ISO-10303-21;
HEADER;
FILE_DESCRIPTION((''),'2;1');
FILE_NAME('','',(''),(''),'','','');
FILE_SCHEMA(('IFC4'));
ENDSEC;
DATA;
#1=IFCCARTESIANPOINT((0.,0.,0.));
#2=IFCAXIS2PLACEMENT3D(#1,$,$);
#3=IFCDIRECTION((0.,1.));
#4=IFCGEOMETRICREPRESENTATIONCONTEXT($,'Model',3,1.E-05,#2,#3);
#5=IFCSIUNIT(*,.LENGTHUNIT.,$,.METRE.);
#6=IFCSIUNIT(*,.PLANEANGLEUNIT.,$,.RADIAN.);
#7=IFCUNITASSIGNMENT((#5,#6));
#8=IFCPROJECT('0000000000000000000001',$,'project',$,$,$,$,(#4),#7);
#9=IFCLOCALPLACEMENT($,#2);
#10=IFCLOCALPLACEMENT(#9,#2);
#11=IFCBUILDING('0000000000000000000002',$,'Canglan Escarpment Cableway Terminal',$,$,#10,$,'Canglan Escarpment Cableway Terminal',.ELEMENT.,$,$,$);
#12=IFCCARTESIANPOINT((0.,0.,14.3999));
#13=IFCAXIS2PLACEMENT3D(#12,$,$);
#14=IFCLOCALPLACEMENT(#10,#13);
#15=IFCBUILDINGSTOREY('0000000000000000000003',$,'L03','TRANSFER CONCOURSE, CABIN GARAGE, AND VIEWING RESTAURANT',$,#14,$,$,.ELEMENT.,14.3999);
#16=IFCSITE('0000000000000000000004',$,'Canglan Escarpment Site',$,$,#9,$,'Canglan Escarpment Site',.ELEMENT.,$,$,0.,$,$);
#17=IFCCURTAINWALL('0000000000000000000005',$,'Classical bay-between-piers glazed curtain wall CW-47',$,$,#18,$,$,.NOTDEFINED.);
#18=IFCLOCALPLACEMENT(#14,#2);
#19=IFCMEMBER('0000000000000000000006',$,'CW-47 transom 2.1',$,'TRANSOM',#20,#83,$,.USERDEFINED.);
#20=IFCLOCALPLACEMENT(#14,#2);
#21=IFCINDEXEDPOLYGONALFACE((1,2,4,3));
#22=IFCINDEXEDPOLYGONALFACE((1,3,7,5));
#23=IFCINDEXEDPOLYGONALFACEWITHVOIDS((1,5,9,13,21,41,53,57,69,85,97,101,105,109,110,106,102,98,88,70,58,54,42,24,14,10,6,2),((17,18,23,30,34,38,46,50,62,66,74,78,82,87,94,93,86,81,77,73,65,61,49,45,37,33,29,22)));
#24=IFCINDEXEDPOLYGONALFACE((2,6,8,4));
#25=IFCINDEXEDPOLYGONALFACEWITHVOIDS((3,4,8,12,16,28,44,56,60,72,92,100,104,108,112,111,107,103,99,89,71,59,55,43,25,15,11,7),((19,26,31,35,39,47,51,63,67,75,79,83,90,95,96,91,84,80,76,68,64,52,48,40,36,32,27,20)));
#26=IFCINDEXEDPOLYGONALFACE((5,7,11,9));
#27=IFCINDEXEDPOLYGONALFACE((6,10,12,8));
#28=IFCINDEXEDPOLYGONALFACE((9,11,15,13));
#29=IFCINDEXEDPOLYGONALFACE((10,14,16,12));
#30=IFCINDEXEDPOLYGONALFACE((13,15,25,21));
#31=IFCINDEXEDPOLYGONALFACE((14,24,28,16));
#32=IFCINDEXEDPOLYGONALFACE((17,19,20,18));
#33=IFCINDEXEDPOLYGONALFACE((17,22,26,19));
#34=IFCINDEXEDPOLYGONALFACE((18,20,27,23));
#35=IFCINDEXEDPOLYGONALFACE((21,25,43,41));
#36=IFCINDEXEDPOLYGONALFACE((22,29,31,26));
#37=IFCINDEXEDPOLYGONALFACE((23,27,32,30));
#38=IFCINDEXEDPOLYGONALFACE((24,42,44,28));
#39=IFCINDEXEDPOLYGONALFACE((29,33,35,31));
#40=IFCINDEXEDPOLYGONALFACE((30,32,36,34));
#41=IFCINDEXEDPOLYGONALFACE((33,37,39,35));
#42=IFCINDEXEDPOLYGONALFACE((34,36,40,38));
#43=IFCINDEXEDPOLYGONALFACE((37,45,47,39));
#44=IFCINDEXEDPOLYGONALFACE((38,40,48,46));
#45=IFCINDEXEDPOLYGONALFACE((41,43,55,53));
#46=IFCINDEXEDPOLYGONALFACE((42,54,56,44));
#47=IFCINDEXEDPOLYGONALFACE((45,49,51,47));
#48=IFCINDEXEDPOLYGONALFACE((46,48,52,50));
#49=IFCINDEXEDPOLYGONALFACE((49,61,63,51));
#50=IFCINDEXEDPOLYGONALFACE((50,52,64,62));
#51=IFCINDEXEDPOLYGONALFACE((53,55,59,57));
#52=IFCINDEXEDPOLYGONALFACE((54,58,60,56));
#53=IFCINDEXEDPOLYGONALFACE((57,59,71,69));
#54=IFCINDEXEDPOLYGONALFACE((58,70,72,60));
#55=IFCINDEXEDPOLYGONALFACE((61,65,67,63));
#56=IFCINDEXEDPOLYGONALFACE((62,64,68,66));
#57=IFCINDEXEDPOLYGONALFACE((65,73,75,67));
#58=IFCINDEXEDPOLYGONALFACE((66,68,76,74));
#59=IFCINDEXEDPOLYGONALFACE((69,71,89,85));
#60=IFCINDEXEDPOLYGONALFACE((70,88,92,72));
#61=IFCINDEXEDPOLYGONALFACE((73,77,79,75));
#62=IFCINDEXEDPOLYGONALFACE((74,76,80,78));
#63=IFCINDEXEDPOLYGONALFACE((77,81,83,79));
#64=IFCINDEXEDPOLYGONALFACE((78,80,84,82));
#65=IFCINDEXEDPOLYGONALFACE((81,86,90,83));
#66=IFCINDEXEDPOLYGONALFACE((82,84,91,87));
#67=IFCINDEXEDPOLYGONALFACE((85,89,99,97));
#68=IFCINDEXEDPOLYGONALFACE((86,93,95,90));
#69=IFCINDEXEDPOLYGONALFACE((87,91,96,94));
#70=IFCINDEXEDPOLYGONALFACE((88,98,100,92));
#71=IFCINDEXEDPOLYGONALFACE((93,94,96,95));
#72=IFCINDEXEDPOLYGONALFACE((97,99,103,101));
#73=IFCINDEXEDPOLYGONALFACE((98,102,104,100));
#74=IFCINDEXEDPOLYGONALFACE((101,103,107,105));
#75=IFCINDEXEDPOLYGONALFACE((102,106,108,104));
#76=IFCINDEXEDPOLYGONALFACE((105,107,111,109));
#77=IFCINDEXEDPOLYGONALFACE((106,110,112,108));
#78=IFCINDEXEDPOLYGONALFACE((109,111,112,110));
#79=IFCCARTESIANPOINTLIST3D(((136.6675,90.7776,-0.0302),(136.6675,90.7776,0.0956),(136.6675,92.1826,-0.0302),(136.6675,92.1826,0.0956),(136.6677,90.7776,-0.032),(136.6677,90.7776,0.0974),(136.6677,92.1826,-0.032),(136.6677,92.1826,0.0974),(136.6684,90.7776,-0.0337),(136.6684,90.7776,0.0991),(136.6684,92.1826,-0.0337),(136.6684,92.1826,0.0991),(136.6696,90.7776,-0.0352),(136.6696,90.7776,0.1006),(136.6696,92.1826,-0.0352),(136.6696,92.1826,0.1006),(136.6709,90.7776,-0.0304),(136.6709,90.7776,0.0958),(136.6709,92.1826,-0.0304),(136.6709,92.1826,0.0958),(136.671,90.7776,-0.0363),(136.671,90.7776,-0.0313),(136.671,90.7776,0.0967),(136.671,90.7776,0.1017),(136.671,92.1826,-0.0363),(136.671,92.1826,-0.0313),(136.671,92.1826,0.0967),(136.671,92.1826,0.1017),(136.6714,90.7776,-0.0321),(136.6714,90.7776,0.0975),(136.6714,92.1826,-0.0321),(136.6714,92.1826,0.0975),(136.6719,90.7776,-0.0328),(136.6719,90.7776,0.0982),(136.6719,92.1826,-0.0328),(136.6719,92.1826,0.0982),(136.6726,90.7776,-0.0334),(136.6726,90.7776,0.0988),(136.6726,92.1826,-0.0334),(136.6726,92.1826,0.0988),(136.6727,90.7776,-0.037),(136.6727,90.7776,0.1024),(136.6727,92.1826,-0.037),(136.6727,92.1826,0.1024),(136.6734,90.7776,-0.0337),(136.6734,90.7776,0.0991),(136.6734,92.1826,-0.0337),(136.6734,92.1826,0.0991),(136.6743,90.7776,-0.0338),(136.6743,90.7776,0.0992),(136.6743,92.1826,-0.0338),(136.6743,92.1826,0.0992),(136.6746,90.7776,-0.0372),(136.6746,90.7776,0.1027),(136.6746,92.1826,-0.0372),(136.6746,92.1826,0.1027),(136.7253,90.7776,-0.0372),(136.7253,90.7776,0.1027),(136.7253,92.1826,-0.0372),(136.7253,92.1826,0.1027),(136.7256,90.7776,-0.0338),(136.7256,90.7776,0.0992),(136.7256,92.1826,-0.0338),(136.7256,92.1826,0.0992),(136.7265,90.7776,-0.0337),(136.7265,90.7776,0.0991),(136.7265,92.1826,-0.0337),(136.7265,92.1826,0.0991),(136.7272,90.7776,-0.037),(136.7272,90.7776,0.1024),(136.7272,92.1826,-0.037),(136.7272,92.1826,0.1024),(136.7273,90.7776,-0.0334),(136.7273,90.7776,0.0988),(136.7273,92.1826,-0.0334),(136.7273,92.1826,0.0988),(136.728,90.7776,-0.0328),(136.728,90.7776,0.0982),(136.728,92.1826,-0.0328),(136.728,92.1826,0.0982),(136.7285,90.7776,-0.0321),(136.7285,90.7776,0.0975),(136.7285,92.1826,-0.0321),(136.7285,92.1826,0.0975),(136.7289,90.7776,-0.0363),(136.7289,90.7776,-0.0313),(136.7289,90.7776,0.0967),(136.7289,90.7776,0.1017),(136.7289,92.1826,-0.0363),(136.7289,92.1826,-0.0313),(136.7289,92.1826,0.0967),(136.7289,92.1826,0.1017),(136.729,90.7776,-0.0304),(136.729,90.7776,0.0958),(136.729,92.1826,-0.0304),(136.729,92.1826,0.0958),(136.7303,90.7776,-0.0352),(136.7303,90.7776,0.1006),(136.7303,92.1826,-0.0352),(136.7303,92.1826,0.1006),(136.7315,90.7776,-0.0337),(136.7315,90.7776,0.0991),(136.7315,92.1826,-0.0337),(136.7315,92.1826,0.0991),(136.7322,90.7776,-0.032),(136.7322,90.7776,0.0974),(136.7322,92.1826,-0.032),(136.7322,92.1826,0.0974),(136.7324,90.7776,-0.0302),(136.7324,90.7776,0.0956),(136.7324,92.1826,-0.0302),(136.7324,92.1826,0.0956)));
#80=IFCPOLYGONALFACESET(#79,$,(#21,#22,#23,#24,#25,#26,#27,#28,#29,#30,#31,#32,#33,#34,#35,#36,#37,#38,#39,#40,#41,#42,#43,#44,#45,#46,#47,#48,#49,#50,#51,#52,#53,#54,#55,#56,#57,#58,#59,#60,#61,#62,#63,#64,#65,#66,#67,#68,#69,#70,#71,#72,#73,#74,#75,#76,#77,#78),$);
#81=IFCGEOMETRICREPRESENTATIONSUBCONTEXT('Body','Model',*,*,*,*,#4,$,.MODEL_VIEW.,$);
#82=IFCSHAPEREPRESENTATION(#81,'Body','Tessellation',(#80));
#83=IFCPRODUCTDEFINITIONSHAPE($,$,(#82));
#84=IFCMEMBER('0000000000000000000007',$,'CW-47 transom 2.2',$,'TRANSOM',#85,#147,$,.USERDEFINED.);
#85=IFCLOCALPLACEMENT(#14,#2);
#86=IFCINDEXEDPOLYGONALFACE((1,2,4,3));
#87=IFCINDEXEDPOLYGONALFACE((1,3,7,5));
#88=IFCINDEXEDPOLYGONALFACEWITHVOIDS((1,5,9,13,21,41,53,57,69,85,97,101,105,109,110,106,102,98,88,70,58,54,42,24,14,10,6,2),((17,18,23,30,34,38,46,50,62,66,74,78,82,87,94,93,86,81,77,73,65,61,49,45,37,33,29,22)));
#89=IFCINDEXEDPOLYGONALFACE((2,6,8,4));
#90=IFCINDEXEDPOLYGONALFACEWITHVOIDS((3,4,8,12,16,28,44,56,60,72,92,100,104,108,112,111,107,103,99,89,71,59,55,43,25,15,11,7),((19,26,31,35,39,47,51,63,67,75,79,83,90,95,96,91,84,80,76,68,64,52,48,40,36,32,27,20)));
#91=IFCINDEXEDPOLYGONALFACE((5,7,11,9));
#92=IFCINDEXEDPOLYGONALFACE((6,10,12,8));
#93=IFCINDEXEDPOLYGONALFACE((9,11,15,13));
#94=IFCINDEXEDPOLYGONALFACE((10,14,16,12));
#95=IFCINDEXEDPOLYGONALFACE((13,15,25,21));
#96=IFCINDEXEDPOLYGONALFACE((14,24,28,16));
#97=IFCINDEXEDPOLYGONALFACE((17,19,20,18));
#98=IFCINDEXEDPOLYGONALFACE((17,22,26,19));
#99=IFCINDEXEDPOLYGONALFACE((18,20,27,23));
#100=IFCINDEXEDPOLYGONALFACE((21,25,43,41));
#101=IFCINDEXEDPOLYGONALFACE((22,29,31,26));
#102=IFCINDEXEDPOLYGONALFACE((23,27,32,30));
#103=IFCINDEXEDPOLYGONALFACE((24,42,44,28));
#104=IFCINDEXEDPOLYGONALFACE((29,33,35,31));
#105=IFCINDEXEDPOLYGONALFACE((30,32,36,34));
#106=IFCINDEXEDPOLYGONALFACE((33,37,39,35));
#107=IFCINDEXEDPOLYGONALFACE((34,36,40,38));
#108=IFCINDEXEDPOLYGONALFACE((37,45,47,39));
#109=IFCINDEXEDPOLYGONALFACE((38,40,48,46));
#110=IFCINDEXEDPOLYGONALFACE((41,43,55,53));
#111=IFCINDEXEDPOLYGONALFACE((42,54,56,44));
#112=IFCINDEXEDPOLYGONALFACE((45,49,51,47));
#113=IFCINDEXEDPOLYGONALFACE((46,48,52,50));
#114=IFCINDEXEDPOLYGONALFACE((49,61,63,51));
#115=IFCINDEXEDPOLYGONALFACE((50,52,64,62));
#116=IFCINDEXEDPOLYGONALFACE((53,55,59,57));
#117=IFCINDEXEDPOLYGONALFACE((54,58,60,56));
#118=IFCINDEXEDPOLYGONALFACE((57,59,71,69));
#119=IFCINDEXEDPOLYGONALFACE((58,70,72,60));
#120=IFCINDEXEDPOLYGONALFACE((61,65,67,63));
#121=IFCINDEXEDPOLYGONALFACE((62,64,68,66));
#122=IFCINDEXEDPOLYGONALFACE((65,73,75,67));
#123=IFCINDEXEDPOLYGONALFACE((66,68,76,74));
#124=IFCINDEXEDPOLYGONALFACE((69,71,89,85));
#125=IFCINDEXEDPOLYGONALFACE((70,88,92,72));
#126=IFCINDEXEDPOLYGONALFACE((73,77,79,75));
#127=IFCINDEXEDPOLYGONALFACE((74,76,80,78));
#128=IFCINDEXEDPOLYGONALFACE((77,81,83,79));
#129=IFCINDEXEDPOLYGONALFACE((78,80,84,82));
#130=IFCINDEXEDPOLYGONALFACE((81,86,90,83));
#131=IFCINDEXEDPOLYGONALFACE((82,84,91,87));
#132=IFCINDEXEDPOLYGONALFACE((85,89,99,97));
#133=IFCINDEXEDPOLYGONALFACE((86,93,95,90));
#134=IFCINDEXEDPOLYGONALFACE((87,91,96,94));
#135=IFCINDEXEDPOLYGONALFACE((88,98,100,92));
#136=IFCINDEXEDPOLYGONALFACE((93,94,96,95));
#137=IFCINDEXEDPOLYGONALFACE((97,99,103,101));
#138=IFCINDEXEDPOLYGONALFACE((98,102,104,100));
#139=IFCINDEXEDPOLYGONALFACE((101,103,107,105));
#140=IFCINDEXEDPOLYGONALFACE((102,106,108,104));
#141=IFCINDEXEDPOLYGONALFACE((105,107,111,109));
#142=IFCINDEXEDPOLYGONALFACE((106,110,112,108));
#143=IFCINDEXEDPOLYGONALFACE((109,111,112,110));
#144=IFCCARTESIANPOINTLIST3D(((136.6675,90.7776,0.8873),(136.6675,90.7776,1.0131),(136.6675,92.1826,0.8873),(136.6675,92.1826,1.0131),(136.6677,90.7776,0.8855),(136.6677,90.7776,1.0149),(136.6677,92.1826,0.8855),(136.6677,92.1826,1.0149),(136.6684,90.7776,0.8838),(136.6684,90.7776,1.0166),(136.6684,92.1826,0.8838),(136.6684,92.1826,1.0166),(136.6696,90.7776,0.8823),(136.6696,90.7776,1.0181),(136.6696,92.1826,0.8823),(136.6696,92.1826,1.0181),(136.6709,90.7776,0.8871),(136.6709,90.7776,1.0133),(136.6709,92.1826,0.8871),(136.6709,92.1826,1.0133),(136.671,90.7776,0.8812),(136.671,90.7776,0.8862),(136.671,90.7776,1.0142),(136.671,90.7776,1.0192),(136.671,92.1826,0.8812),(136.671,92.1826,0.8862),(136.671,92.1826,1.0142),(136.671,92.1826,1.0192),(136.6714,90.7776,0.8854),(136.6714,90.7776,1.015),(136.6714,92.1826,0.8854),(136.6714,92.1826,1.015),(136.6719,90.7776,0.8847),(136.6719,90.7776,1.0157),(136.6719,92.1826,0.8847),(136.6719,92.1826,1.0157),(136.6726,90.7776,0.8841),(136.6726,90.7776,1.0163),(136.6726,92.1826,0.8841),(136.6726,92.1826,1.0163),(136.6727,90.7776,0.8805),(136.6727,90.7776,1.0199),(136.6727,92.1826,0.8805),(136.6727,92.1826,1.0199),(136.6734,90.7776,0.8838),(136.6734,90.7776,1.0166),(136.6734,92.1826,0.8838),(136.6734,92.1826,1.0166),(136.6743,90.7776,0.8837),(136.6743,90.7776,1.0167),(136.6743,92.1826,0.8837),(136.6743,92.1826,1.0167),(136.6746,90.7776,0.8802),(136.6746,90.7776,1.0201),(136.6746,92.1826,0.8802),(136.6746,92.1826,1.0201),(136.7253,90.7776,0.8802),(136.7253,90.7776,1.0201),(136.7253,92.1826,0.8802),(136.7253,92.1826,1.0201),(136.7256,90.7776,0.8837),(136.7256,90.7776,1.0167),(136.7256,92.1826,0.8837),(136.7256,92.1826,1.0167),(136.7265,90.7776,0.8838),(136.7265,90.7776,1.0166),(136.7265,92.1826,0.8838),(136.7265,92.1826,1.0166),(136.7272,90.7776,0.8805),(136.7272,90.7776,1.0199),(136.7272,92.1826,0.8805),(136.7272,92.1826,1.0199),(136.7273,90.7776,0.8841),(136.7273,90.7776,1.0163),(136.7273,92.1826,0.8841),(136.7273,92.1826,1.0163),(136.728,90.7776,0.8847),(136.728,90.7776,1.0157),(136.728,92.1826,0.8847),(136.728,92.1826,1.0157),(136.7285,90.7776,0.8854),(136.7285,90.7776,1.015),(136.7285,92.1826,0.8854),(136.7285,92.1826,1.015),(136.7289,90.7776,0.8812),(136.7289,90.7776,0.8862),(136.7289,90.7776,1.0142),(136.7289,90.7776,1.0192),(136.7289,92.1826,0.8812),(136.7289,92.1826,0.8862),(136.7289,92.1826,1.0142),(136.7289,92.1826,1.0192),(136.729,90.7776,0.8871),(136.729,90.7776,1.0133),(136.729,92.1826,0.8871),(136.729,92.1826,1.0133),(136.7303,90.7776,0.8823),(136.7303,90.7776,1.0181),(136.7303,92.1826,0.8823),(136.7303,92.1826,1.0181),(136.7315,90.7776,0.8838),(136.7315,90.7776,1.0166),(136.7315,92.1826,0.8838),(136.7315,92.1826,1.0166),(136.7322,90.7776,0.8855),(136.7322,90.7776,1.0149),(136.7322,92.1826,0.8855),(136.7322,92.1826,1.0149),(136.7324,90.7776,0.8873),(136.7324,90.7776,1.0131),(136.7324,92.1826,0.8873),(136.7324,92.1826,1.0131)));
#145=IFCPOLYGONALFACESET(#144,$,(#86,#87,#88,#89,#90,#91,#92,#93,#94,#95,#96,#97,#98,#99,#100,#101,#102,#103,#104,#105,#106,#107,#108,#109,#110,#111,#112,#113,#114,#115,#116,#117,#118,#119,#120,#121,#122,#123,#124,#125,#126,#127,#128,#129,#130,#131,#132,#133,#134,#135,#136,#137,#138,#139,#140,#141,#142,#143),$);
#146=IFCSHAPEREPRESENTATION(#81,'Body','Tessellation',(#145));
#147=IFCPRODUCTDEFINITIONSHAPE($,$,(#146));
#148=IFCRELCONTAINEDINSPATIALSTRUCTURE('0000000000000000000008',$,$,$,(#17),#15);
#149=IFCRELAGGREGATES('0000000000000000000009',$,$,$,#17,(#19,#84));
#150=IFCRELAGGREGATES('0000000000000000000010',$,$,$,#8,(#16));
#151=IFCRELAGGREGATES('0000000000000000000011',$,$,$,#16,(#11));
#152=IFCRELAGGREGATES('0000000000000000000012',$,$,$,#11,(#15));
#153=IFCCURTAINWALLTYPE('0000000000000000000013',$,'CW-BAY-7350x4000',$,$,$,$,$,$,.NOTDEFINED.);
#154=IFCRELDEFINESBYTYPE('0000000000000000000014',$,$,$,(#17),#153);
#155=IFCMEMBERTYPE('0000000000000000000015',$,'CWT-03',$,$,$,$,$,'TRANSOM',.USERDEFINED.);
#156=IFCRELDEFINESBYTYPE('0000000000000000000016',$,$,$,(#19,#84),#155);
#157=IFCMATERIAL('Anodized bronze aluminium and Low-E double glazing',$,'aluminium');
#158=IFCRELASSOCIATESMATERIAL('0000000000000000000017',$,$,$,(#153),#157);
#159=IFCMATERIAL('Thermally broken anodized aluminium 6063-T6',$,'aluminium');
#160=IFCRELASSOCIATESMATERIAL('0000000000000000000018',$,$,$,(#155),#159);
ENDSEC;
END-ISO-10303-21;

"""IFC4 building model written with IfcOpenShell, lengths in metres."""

from ifc_helpers import new_model, si_unit, direction, frame, origin, origin_2d, place, context, subcontext, project, spatial, hollow_rectangle, extrude, material, material_profile, profile_set, type_object, element, aggregate, save


model = new_model("IFC4")

# Units and contexts
model_context = context("Model", 3, precision=1e-05, world=origin(), true_north=direction((0.0, 1.0)))
body_context = subcontext(model_context, "Body", "Model", "MODEL_VIEW")
ifc_project = project(units=[si_unit("LENGTHUNIT", "METRE"), si_unit("PLANEANGLEUNIT", "RADIAN")], contexts=[model_context])

# Site, building, storey
site_placement = place(None, origin())
site = spatial("IfcSite", under=ifc_project, at=site_placement, Name="Canglan Escarpment Site", LongName="Canglan Escarpment Site", CompositionType="ELEMENT", RefElevation=0.0)
building_placement = place(site_placement, origin())
building = spatial("IfcBuilding", under=site, at=building_placement, Name="Canglan Escarpment Cableway Terminal", LongName="Canglan Escarpment Cableway Terminal", CompositionType="ELEMENT")
storey_placement = place(building_placement, frame((0.0, 0.0, 14.3999)))
storey = spatial("IfcBuildingStorey", under=building, at=storey_placement, Name="L03", Description="TRANSFER CONCOURSE, CABIN GARAGE, AND VIEWING RESTAURANT", CompositionType="ELEMENT", Elevation=14.3999)

# Curtain wall, members
ifc_material_1 = material(Name="Anodized bronze aluminium and Low-E double glazing", Category="aluminium")
curtain_wall_type = type_object("IfcCurtainWallType", Name="CW-BAY-7350x4000", PredefinedType="NOTDEFINED", material=ifc_material_1)
curtain_wall_placement = place(storey_placement, origin())
curtain_wall = element("IfcCurtainWall", 1, at=curtain_wall_placement, inside=storey, type_object=curtain_wall_type, Name="Classical bay-between-piers glazed curtain wall CW-47", PredefinedType="NOTDEFINED")
ifc_material_2 = material(Name="Thermally broken anodized aluminium 6063-T6", Category="aluminium")
ifc_material_profile_1 = material_profile(ifc_material_2, hollow_rectangle(XDim=0.0649, YDim=0.1399, WallThickness=0.0034, InnerFilletRadius=0.0034, OuterFilletRadius=0.0071, at=origin_2d()), Name="ALU-TRAN 65x140x3.5")
ifc_profile_set_1 = profile_set([ifc_material_profile_1], Name="Thermally broken anodized aluminium 6063-T6")
member_type_1 = type_object("IfcMemberType", Name="CWT-03", ElementType="TRANSOM", PredefinedType="USERDEFINED", material=ifc_profile_set_1)
member_1_placement = place(storey_placement, frame((136.7, 90.7776, 0.0327), z_axis=(0.0, 1.0, 0.0), x_axis=(-1.0, 0.0, 0.0)))
member_1 = element("IfcMember", 2, at=member_1_placement, type_object=member_type_1, Name="CW-47 transom 2.1", ObjectType="TRANSOM", PredefinedType="USERDEFINED", context=body_context, shape_type="SweptSolid", body=[
    extrude(hollow_rectangle(XDim=0.0649, YDim=0.1399, WallThickness=0.0034, InnerFilletRadius=0.0034, OuterFilletRadius=0.0071, at=origin_2d()), origin(), (0.0, 0.0, 1.0), 1.405),
])
member_2_placement = place(storey_placement, frame((136.7, 90.7776, 0.9502), z_axis=(0.0, 1.0, 0.0), x_axis=(-1.0, 0.0, 0.0)))
member_2 = element("IfcMember", 3, at=member_2_placement, type_object=member_type_1, Name="CW-47 transom 2.2", ObjectType="TRANSOM", PredefinedType="USERDEFINED", context=body_context, shape_type="SweptSolid", body=[
    extrude(hollow_rectangle(XDim=0.0649, YDim=0.1399, WallThickness=0.0034, InnerFilletRadius=0.0034, OuterFilletRadius=0.0071, at=origin_2d()), origin(), (0.0, 0.0, 1.0), 1.405),
])
aggregate(curtain_wall, [member_1, member_2])

save(model, "model.ifc")
